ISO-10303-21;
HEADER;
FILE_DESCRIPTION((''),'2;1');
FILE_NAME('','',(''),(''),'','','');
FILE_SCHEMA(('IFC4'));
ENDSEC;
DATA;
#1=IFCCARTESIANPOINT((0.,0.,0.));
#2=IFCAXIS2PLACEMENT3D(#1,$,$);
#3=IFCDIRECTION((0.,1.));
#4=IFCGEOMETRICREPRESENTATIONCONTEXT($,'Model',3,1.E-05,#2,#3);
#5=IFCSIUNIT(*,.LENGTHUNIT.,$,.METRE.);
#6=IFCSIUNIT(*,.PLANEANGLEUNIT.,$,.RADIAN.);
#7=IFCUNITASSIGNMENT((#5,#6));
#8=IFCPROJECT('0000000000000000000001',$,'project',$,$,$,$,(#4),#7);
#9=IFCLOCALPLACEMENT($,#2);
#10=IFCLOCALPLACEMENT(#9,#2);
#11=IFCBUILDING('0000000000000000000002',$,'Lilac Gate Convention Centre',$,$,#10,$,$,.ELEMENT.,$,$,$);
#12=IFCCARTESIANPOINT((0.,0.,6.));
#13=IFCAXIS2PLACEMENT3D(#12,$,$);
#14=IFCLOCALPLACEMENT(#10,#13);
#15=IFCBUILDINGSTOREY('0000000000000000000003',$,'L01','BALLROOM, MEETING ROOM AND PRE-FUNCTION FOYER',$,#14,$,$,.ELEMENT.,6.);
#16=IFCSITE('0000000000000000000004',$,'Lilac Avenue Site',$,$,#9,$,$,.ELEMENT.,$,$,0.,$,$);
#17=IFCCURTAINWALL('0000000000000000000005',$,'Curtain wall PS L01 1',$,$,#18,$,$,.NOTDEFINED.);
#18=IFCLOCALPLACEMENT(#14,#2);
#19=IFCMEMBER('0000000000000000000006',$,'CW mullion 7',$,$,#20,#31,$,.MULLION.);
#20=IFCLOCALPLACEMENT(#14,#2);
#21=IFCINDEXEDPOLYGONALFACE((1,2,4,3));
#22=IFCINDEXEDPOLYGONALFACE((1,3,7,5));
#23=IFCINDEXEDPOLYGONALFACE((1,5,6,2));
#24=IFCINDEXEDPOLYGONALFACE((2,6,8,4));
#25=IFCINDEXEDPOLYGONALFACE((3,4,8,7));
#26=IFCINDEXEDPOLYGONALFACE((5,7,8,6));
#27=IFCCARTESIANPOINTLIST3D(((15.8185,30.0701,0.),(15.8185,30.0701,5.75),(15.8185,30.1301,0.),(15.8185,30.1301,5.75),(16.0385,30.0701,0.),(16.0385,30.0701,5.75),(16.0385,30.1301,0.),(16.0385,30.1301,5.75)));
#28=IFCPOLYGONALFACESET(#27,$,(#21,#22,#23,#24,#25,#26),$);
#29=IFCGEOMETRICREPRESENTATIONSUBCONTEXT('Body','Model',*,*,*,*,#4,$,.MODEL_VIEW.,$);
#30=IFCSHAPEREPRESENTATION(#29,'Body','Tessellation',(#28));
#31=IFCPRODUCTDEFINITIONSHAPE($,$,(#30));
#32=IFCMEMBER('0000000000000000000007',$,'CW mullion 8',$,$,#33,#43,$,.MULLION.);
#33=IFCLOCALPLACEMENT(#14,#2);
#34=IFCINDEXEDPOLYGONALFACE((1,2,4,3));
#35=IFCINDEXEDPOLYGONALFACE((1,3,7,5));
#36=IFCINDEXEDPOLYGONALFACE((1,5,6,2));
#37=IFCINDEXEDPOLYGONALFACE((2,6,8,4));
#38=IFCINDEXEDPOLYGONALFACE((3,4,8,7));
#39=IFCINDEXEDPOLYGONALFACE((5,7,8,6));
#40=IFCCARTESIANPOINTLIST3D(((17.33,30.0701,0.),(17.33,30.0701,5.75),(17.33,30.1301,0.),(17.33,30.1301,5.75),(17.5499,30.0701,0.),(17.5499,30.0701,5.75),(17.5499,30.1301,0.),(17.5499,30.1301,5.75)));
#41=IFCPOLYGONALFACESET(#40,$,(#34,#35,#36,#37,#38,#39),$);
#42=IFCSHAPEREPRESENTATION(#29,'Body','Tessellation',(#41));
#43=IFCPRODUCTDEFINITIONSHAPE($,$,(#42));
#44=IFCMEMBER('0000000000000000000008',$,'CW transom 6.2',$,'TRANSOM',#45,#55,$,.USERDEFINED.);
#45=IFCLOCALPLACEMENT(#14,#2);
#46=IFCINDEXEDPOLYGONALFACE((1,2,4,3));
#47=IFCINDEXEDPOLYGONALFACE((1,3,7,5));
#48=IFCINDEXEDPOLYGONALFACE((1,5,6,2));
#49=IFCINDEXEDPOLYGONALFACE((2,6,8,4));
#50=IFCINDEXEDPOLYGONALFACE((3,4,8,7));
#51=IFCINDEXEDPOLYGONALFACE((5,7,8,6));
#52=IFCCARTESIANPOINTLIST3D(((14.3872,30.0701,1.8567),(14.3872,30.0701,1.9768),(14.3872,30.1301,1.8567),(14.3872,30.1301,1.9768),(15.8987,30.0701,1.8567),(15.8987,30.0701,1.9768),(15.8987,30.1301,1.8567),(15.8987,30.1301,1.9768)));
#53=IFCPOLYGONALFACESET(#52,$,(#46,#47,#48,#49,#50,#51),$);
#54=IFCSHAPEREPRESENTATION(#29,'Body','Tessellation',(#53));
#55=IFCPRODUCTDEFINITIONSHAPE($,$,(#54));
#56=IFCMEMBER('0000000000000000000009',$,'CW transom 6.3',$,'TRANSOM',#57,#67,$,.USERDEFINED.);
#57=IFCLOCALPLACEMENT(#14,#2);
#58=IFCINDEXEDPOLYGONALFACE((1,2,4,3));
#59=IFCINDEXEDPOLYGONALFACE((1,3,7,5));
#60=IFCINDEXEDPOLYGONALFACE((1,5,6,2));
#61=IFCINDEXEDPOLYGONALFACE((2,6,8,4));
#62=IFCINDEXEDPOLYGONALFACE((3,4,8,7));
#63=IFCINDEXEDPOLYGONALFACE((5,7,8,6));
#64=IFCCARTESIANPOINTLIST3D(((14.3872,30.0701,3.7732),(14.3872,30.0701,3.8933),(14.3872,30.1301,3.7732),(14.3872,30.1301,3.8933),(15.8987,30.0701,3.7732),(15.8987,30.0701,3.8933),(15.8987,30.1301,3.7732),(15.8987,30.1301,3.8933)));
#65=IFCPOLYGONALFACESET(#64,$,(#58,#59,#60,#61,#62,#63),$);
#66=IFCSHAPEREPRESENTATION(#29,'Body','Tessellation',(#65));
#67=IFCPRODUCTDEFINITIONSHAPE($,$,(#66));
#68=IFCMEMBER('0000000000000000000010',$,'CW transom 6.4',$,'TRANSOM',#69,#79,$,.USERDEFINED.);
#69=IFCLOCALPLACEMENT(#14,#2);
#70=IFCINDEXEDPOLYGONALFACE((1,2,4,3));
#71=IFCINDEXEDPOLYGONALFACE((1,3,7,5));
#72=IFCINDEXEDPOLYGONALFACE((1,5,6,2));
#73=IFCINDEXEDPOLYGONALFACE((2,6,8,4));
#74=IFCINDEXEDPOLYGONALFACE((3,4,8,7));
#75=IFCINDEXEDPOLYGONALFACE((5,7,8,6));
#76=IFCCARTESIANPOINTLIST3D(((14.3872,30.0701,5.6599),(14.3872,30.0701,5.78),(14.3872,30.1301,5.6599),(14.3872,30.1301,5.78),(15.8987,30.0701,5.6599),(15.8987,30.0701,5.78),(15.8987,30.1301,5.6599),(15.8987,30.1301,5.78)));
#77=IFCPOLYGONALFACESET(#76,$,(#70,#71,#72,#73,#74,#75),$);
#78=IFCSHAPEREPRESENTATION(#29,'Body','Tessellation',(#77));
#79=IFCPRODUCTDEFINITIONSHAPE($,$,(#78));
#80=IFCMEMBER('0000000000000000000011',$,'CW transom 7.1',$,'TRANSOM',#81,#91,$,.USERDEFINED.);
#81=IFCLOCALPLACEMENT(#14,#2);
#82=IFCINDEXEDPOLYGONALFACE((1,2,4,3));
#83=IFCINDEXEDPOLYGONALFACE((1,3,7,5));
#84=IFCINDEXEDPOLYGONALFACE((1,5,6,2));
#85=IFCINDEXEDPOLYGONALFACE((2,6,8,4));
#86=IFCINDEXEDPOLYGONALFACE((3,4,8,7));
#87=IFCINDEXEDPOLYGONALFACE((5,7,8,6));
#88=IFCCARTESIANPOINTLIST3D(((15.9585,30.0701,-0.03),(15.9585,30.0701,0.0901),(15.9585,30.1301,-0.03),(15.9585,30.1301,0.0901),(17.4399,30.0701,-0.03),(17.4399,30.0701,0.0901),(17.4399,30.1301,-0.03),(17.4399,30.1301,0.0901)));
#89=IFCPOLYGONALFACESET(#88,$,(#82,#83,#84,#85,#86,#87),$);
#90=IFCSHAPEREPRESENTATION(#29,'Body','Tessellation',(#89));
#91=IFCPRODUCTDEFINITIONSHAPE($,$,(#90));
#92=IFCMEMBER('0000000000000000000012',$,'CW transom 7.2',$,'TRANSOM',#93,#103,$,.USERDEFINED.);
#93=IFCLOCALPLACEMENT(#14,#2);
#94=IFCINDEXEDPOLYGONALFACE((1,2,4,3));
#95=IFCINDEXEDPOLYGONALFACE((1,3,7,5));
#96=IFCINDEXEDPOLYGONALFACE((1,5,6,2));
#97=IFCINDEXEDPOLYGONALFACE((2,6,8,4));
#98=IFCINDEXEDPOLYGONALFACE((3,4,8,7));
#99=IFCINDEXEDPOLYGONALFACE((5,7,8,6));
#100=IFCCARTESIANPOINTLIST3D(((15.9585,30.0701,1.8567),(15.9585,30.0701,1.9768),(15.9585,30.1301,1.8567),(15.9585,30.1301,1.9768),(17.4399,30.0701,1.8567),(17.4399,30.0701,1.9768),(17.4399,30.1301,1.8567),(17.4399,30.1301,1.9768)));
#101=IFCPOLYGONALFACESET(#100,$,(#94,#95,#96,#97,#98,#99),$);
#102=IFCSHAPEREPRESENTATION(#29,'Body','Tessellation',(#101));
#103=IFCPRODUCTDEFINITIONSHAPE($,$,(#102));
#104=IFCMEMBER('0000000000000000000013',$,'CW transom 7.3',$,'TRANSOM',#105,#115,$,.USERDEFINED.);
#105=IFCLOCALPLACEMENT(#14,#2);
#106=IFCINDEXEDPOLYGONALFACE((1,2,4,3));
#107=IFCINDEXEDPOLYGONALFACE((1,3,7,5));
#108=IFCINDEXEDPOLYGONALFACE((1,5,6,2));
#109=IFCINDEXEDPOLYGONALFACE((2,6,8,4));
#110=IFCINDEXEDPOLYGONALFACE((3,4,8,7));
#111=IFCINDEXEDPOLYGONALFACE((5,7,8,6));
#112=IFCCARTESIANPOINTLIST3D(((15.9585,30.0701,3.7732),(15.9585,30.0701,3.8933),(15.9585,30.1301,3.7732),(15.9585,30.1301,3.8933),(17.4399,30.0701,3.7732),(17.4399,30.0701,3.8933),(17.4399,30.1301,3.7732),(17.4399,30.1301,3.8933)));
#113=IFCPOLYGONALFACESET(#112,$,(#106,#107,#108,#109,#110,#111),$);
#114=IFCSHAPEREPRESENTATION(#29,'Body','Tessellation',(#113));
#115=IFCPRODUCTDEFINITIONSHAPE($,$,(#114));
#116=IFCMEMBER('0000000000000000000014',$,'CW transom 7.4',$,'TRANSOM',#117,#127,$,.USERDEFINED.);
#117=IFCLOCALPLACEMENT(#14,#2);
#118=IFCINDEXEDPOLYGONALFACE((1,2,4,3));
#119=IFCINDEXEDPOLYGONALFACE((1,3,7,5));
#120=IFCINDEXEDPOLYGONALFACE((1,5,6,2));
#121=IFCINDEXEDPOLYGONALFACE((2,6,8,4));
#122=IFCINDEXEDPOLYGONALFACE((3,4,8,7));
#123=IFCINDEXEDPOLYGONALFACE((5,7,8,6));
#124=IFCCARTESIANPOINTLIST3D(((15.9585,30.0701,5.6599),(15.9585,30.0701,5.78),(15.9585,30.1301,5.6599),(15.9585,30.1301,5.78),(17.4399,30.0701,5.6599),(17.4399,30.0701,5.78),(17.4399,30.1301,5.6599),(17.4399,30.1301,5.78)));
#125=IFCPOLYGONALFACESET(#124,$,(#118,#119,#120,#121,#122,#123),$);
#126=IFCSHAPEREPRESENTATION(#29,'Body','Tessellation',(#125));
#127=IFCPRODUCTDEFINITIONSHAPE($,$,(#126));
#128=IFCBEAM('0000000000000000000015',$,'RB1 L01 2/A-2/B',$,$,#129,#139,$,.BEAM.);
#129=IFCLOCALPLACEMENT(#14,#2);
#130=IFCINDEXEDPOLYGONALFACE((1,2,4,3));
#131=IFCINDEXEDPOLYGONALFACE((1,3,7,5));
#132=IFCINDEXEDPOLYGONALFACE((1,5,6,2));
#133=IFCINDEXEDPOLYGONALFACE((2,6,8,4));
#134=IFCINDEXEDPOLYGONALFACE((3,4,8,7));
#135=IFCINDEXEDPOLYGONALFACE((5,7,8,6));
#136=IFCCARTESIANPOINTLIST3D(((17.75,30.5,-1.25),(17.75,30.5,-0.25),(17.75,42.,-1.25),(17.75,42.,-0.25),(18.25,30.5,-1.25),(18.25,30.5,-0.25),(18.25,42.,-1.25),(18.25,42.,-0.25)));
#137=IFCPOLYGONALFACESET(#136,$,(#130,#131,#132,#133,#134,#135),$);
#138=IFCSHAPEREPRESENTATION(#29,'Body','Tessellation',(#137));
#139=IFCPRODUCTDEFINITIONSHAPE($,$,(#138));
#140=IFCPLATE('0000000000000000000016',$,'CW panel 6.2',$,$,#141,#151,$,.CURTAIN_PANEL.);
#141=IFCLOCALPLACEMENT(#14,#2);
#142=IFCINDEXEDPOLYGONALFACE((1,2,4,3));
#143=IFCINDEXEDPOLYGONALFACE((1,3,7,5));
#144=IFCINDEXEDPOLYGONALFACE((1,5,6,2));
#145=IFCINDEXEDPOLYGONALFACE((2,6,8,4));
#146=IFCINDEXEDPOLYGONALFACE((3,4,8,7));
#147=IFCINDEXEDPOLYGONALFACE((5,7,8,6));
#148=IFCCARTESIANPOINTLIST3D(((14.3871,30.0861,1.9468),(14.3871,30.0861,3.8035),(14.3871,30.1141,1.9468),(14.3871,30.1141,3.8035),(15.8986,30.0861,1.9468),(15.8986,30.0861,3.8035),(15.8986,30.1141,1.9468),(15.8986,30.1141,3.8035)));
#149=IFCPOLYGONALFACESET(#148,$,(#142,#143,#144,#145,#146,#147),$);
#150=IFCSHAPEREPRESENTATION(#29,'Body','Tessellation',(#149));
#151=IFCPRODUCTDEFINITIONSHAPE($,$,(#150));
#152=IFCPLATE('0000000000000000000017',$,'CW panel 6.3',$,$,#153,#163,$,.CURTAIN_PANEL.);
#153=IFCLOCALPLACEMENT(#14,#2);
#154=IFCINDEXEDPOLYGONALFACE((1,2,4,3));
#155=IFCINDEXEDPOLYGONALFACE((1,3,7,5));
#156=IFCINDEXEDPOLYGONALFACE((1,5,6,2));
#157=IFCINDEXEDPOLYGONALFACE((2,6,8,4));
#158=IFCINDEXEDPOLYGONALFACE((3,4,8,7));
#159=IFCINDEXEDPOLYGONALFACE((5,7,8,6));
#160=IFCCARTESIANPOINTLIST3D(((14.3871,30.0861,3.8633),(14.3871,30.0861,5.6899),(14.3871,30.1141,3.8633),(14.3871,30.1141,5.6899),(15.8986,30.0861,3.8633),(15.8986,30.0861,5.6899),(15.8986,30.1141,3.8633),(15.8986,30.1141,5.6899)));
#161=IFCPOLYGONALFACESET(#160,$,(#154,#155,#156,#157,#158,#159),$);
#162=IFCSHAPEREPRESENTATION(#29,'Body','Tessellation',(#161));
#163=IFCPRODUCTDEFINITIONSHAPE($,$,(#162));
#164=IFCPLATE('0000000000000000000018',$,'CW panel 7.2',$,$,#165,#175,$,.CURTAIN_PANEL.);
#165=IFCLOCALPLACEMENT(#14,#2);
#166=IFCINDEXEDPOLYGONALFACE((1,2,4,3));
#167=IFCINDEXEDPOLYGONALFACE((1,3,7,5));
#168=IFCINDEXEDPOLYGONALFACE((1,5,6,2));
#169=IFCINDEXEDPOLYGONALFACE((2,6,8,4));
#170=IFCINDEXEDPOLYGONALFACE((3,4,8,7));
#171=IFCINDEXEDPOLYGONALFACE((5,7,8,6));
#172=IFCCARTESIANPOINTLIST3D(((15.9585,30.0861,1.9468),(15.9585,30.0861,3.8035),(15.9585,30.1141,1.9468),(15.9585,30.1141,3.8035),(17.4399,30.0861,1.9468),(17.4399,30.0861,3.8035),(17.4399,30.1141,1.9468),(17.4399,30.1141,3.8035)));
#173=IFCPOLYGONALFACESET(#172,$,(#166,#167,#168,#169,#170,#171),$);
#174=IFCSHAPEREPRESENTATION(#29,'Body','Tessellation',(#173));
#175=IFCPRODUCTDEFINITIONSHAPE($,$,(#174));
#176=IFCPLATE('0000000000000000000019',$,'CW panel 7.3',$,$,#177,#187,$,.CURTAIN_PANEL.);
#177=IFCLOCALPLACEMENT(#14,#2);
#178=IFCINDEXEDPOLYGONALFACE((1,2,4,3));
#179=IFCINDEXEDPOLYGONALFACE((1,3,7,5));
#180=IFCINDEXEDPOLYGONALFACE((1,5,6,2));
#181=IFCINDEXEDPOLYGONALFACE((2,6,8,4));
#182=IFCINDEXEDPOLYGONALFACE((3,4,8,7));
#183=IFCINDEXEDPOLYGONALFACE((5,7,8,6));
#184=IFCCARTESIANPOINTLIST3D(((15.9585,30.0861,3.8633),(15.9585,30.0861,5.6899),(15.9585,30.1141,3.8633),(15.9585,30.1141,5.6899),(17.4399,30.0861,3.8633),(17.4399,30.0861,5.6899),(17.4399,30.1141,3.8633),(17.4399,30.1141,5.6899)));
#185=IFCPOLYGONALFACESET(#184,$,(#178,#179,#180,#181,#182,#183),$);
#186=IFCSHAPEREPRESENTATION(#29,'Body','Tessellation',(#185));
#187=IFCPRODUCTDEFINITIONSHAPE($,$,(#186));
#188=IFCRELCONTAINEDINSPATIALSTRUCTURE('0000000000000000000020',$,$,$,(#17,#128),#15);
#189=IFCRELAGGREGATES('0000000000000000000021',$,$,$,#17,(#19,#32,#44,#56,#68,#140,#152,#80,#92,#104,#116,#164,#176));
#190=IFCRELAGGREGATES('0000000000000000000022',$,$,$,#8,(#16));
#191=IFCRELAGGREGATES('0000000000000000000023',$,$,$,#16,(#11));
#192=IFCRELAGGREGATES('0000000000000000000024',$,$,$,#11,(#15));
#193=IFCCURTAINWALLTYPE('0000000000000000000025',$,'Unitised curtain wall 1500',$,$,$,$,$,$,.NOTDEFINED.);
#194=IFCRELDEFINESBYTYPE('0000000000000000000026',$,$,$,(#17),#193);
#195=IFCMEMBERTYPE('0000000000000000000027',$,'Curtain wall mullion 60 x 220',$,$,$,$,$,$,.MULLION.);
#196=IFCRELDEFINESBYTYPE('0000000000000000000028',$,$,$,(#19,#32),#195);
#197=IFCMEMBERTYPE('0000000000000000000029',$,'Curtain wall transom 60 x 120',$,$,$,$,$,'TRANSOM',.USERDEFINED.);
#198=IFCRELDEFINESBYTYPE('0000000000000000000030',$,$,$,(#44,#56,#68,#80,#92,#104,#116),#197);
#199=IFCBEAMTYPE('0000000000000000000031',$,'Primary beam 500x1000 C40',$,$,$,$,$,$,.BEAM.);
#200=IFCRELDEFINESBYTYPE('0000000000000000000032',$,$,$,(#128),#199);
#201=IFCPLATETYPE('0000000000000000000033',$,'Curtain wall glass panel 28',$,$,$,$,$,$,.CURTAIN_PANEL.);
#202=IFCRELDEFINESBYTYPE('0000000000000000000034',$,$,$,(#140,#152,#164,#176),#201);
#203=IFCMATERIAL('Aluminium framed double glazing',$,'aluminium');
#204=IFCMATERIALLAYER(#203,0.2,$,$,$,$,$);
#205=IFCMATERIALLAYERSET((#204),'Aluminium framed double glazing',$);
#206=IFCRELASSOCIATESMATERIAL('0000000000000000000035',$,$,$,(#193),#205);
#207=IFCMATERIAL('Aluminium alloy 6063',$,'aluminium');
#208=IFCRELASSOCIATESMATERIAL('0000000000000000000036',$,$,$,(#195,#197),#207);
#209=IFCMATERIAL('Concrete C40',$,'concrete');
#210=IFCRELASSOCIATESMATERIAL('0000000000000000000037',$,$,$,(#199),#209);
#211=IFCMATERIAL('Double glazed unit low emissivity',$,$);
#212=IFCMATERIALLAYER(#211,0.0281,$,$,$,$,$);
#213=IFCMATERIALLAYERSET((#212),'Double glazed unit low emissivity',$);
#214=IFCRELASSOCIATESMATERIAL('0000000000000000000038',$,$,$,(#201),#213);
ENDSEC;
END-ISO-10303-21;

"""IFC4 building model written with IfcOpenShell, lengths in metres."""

from ifc_helpers import new_model, si_unit, direction, frame, origin, origin_2d, place, context, subcontext, project, spatial, rectangle, extrude, material, layer, layer_set, material_profile, profile_set, type_object, element, aggregate, save


model = new_model("IFC4")

# Units and contexts
model_context = context("Model", 3, precision=1e-05, world=origin(), true_north=direction((0.0, 1.0)))
body_context = subcontext(model_context, "Body", "Model", "MODEL_VIEW")
ifc_project = project(units=[si_unit("LENGTHUNIT", "METRE"), si_unit("PLANEANGLEUNIT", "RADIAN")], contexts=[model_context])

# Site, building, storey
site_placement = place(None, origin())
site = spatial("IfcSite", under=ifc_project, at=site_placement, Name="Lilac Avenue Site", CompositionType="ELEMENT", RefElevation=0.0)
building_placement = place(site_placement, origin())
building = spatial("IfcBuilding", under=site, at=building_placement, Name="Lilac Gate Convention Centre", CompositionType="ELEMENT")
storey_placement = place(building_placement, frame((0.0, 0.0, 6.0)))
storey = spatial("IfcBuildingStorey", under=building, at=storey_placement, Name="L01", Description="BALLROOM, MEETING ROOM AND PRE-FUNCTION FOYER", CompositionType="ELEMENT", Elevation=6.0)

# Curtain wall, members
ifc_material_1 = material(Name="Aluminium framed double glazing", Category="aluminium")
ifc_layer_1 = layer(ifc_material_1, 0.2)
ifc_layer_set_1 = layer_set([ifc_layer_1], Name="Aluminium framed double glazing")
curtain_wall_type = type_object("IfcCurtainWallType", Name="Unitised curtain wall 1500", PredefinedType="NOTDEFINED", material=ifc_layer_set_1)
curtain_wall_placement = place(storey_placement, origin())
curtain_wall = element("IfcCurtainWall", 1, at=curtain_wall_placement, inside=storey, type_object=curtain_wall_type, Name="Curtain wall PS L01 1", PredefinedType="NOTDEFINED")
ifc_material_2 = material(Name="Aluminium alloy 6063", Category="aluminium")
ifc_material_profile_1 = material_profile(ifc_material_2, rectangle(XDim=0.0601, YDim=0.22, at=origin_2d()), Name="Curtain wall mullion 60 x 220")
ifc_profile_set_1 = profile_set([ifc_material_profile_1], Name="Aluminium alloy 6063")
member_type_1 = type_object("IfcMemberType", Name="Curtain wall mullion 60 x 220", PredefinedType="MULLION", material=ifc_profile_set_1)
member_1_placement = place(storey_placement, frame((15.9285, 30.1001, 0.0), z_axis=(0.0, 0.0, 1.0), x_axis=(0.0, 1.0, 0.0)))
member_1 = element("IfcMember", 2, at=member_1_placement, type_object=member_type_1, Name="CW mullion 7", PredefinedType="MULLION", context=body_context, shape_type="SweptSolid", body=[
    extrude(rectangle(XDim=0.0601, YDim=0.22, at=origin_2d()), origin(), (0.0, 0.0, 1.0), 5.75),
])
member_2_placement = place(storey_placement, frame((17.4399, 30.1001, 0.0), z_axis=(0.0, 0.0, 1.0), x_axis=(0.0, 1.0, 0.0)))
member_2 = element("IfcMember", 3, at=member_2_placement, type_object=member_type_1, Name="CW mullion 8", PredefinedType="MULLION", context=body_context, shape_type="SweptSolid", body=[
    extrude(rectangle(XDim=0.0601, YDim=0.22, at=origin_2d()), origin(), (0.0, 0.0, 1.0), 5.75),
])
ifc_material_profile_2 = material_profile(ifc_material_2, rectangle(XDim=0.0601, YDim=0.1201, at=origin_2d()), Name="Curtain wall transom 60 x 120")
ifc_profile_set_2 = profile_set([ifc_material_profile_2], Name="Aluminium alloy 6063")
member_type_2 = type_object("IfcMemberType", Name="Curtain wall transom 60 x 120", ElementType="TRANSOM", PredefinedType="USERDEFINED", material=ifc_profile_set_2)
member_3_placement = place(storey_placement, frame((14.3872, 30.1001, 1.9167), z_axis=(1.0, 0.0, 0.0), x_axis=(0.0, 1.0, 0.0)))
member_3 = element("IfcMember", 4, at=member_3_placement, type_object=member_type_2, Name="CW transom 6.2", ObjectType="TRANSOM", PredefinedType="USERDEFINED", context=body_context, shape_type="SweptSolid", body=[
    extrude(rectangle(XDim=0.0601, YDim=0.1201, at=origin_2d()), origin(), (0.0, 0.0, 1.0), 1.5115),
])
member_4_placement = place(storey_placement, frame((14.3872, 30.1001, 3.8333), z_axis=(1.0, 0.0, 0.0), x_axis=(0.0, 1.0, 0.0)))
member_4 = element("IfcMember", 5, at=member_4_placement, type_object=member_type_2, Name="CW transom 6.3", ObjectType="TRANSOM", PredefinedType="USERDEFINED", context=body_context, shape_type="SweptSolid", body=[
    extrude(rectangle(XDim=0.0601, YDim=0.1201, at=origin_2d()), origin(), (0.0, 0.0, 1.0), 1.5115),
])
member_5_placement = place(storey_placement, frame((14.3872, 30.1001, 5.72), z_axis=(1.0, 0.0, 0.0), x_axis=(0.0, 1.0, 0.0)))
member_5 = element("IfcMember", 6, at=member_5_placement, type_object=member_type_2, Name="CW transom 6.4", ObjectType="TRANSOM", PredefinedType="USERDEFINED", context=body_context, shape_type="SweptSolid", body=[
    extrude(rectangle(XDim=0.0601, YDim=0.1201, at=origin_2d()), origin(), (0.0, 0.0, 1.0), 1.5115),
])
member_6_placement = place(storey_placement, frame((15.9585, 30.1001, 0.03), z_axis=(1.0, 0.0, 0.0), x_axis=(0.0, 1.0, 0.0)))
member_6 = element("IfcMember", 7, at=member_6_placement, type_object=member_type_2, Name="CW transom 7.1", ObjectType="TRANSOM", PredefinedType="USERDEFINED", context=body_context, shape_type="SweptSolid", body=[
    extrude(rectangle(XDim=0.0601, YDim=0.1201, at=origin_2d()), origin(), (0.0, 0.0, 1.0), 1.4814),
])
member_7_placement = place(storey_placement, frame((15.9585, 30.1001, 1.9167), z_axis=(1.0, 0.0, 0.0), x_axis=(0.0, 1.0, 0.0)))
member_7 = element("IfcMember", 8, at=member_7_placement, type_object=member_type_2, Name="CW transom 7.2", ObjectType="TRANSOM", PredefinedType="USERDEFINED", context=body_context, shape_type="SweptSolid", body=[
    extrude(rectangle(XDim=0.0601, YDim=0.1201, at=origin_2d()), origin(), (0.0, 0.0, 1.0), 1.4814),
])
member_8_placement = place(storey_placement, frame((15.9585, 30.1001, 3.8333), z_axis=(1.0, 0.0, 0.0), x_axis=(0.0, 1.0, 0.0)))
member_8 = element("IfcMember", 9, at=member_8_placement, type_object=member_type_2, Name="CW transom 7.3", ObjectType="TRANSOM", PredefinedType="USERDEFINED", context=body_context, shape_type="SweptSolid", body=[
    extrude(rectangle(XDim=0.0601, YDim=0.1201, at=origin_2d()), origin(), (0.0, 0.0, 1.0), 1.4814),
])
member_9_placement = place(storey_placement, frame((15.9585, 30.1001, 5.72), z_axis=(1.0, 0.0, 0.0), x_axis=(0.0, 1.0, 0.0)))
member_9 = element("IfcMember", 10, at=member_9_placement, type_object=member_type_2, Name="CW transom 7.4", ObjectType="TRANSOM", PredefinedType="USERDEFINED", context=body_context, shape_type="SweptSolid", body=[
    extrude(rectangle(XDim=0.0601, YDim=0.1201, at=origin_2d()), origin(), (0.0, 0.0, 1.0), 1.4814),
])

# Beam
ifc_material_3 = material(Name="Concrete C40", Category="concrete")
ifc_material_profile_3 = material_profile(ifc_material_3, rectangle(XDim=0.5, YDim=1.0, at=origin_2d()), Name="RC 500x1000")
ifc_profile_set_3 = profile_set([ifc_material_profile_3], Name="Concrete C40")
beam_type = type_object("IfcBeamType", Name="Primary beam 500x1000 C40", PredefinedType="BEAM", material=ifc_profile_set_3)
beam_placement = place(storey_placement, frame((18.0, 30.5, -0.75), z_axis=(0.0, 1.0, 0.0), x_axis=(-1.0, 0.0, 0.0)))
element("IfcBeam", 11, at=beam_placement, inside=storey, type_object=beam_type, Name="RB1 L01 2/A-2/B", PredefinedType="BEAM", context=body_context, shape_type="SweptSolid", body=[
    extrude(rectangle(XDim=0.5, YDim=1.0, at=origin_2d()), origin(), (0.0, 0.0, 1.0), 11.5),
])

# Plates
ifc_material_4 = material(Name="Double glazed unit low emissivity")
ifc_layer_2 = layer(ifc_material_4, 0.0281)
ifc_layer_set_2 = layer_set([ifc_layer_2], Name="Double glazed unit low emissivity")
plate_type_1 = type_object("IfcPlateType", Name="Curtain wall glass panel 28", PredefinedType="CURTAIN_PANEL", material=ifc_layer_set_2)
plate_1_placement = place(storey_placement, frame((15.1428, 30.1001, 1.9468), z_axis=(0.0, 0.0, 1.0), x_axis=(1.0, 0.0, 0.0)))
plate_1 = element("IfcPlate", 12, at=plate_1_placement, type_object=plate_type_1, Name="CW panel 6.2", PredefinedType="CURTAIN_PANEL", context=body_context, shape_type="SweptSolid", body=[
    extrude(rectangle(XDim=1.5115, YDim=0.0281, at=origin_2d()), origin(), (0.0, 0.0, 1.0), 1.8567),
])
plate_2_placement = place(storey_placement, frame((15.1428, 30.1001, 3.8633), z_axis=(0.0, 0.0, 1.0), x_axis=(1.0, 0.0, 0.0)))
plate_2 = element("IfcPlate", 13, at=plate_2_placement, type_object=plate_type_1, Name="CW panel 6.3", PredefinedType="CURTAIN_PANEL", context=body_context, shape_type="SweptSolid", body=[
    extrude(rectangle(XDim=1.5115, YDim=0.0281, at=origin_2d()), origin(), (0.0, 0.0, 1.0), 1.8267),
])
plate_3_placement = place(storey_placement, frame((16.6992, 30.1001, 1.9468), z_axis=(0.0, 0.0, 1.0), x_axis=(1.0, 0.0, 0.0)))
plate_3 = element("IfcPlate", 14, at=plate_3_placement, type_object=plate_type_1, Name="CW panel 7.2", PredefinedType="CURTAIN_PANEL", context=body_context, shape_type="SweptSolid", body=[
    extrude(rectangle(XDim=1.4814, YDim=0.0281, at=origin_2d()), origin(), (0.0, 0.0, 1.0), 1.8567),
])
plate_4_placement = place(storey_placement, frame((16.6992, 30.1001, 3.8633), z_axis=(0.0, 0.0, 1.0), x_axis=(1.0, 0.0, 0.0)))
plate_4 = element("IfcPlate", 15, at=plate_4_placement, type_object=plate_type_1, Name="CW panel 7.3", PredefinedType="CURTAIN_PANEL", context=body_context, shape_type="SweptSolid", body=[
    extrude(rectangle(XDim=1.4814, YDim=0.0281, at=origin_2d()), origin(), (0.0, 0.0, 1.0), 1.8267),
])
aggregate(curtain_wall, [member_1, member_2, member_3, member_4, member_5, plate_1, plate_2, member_6, member_7, member_8, member_9, plate_3, plate_4])

save(model, "model.ifc")
